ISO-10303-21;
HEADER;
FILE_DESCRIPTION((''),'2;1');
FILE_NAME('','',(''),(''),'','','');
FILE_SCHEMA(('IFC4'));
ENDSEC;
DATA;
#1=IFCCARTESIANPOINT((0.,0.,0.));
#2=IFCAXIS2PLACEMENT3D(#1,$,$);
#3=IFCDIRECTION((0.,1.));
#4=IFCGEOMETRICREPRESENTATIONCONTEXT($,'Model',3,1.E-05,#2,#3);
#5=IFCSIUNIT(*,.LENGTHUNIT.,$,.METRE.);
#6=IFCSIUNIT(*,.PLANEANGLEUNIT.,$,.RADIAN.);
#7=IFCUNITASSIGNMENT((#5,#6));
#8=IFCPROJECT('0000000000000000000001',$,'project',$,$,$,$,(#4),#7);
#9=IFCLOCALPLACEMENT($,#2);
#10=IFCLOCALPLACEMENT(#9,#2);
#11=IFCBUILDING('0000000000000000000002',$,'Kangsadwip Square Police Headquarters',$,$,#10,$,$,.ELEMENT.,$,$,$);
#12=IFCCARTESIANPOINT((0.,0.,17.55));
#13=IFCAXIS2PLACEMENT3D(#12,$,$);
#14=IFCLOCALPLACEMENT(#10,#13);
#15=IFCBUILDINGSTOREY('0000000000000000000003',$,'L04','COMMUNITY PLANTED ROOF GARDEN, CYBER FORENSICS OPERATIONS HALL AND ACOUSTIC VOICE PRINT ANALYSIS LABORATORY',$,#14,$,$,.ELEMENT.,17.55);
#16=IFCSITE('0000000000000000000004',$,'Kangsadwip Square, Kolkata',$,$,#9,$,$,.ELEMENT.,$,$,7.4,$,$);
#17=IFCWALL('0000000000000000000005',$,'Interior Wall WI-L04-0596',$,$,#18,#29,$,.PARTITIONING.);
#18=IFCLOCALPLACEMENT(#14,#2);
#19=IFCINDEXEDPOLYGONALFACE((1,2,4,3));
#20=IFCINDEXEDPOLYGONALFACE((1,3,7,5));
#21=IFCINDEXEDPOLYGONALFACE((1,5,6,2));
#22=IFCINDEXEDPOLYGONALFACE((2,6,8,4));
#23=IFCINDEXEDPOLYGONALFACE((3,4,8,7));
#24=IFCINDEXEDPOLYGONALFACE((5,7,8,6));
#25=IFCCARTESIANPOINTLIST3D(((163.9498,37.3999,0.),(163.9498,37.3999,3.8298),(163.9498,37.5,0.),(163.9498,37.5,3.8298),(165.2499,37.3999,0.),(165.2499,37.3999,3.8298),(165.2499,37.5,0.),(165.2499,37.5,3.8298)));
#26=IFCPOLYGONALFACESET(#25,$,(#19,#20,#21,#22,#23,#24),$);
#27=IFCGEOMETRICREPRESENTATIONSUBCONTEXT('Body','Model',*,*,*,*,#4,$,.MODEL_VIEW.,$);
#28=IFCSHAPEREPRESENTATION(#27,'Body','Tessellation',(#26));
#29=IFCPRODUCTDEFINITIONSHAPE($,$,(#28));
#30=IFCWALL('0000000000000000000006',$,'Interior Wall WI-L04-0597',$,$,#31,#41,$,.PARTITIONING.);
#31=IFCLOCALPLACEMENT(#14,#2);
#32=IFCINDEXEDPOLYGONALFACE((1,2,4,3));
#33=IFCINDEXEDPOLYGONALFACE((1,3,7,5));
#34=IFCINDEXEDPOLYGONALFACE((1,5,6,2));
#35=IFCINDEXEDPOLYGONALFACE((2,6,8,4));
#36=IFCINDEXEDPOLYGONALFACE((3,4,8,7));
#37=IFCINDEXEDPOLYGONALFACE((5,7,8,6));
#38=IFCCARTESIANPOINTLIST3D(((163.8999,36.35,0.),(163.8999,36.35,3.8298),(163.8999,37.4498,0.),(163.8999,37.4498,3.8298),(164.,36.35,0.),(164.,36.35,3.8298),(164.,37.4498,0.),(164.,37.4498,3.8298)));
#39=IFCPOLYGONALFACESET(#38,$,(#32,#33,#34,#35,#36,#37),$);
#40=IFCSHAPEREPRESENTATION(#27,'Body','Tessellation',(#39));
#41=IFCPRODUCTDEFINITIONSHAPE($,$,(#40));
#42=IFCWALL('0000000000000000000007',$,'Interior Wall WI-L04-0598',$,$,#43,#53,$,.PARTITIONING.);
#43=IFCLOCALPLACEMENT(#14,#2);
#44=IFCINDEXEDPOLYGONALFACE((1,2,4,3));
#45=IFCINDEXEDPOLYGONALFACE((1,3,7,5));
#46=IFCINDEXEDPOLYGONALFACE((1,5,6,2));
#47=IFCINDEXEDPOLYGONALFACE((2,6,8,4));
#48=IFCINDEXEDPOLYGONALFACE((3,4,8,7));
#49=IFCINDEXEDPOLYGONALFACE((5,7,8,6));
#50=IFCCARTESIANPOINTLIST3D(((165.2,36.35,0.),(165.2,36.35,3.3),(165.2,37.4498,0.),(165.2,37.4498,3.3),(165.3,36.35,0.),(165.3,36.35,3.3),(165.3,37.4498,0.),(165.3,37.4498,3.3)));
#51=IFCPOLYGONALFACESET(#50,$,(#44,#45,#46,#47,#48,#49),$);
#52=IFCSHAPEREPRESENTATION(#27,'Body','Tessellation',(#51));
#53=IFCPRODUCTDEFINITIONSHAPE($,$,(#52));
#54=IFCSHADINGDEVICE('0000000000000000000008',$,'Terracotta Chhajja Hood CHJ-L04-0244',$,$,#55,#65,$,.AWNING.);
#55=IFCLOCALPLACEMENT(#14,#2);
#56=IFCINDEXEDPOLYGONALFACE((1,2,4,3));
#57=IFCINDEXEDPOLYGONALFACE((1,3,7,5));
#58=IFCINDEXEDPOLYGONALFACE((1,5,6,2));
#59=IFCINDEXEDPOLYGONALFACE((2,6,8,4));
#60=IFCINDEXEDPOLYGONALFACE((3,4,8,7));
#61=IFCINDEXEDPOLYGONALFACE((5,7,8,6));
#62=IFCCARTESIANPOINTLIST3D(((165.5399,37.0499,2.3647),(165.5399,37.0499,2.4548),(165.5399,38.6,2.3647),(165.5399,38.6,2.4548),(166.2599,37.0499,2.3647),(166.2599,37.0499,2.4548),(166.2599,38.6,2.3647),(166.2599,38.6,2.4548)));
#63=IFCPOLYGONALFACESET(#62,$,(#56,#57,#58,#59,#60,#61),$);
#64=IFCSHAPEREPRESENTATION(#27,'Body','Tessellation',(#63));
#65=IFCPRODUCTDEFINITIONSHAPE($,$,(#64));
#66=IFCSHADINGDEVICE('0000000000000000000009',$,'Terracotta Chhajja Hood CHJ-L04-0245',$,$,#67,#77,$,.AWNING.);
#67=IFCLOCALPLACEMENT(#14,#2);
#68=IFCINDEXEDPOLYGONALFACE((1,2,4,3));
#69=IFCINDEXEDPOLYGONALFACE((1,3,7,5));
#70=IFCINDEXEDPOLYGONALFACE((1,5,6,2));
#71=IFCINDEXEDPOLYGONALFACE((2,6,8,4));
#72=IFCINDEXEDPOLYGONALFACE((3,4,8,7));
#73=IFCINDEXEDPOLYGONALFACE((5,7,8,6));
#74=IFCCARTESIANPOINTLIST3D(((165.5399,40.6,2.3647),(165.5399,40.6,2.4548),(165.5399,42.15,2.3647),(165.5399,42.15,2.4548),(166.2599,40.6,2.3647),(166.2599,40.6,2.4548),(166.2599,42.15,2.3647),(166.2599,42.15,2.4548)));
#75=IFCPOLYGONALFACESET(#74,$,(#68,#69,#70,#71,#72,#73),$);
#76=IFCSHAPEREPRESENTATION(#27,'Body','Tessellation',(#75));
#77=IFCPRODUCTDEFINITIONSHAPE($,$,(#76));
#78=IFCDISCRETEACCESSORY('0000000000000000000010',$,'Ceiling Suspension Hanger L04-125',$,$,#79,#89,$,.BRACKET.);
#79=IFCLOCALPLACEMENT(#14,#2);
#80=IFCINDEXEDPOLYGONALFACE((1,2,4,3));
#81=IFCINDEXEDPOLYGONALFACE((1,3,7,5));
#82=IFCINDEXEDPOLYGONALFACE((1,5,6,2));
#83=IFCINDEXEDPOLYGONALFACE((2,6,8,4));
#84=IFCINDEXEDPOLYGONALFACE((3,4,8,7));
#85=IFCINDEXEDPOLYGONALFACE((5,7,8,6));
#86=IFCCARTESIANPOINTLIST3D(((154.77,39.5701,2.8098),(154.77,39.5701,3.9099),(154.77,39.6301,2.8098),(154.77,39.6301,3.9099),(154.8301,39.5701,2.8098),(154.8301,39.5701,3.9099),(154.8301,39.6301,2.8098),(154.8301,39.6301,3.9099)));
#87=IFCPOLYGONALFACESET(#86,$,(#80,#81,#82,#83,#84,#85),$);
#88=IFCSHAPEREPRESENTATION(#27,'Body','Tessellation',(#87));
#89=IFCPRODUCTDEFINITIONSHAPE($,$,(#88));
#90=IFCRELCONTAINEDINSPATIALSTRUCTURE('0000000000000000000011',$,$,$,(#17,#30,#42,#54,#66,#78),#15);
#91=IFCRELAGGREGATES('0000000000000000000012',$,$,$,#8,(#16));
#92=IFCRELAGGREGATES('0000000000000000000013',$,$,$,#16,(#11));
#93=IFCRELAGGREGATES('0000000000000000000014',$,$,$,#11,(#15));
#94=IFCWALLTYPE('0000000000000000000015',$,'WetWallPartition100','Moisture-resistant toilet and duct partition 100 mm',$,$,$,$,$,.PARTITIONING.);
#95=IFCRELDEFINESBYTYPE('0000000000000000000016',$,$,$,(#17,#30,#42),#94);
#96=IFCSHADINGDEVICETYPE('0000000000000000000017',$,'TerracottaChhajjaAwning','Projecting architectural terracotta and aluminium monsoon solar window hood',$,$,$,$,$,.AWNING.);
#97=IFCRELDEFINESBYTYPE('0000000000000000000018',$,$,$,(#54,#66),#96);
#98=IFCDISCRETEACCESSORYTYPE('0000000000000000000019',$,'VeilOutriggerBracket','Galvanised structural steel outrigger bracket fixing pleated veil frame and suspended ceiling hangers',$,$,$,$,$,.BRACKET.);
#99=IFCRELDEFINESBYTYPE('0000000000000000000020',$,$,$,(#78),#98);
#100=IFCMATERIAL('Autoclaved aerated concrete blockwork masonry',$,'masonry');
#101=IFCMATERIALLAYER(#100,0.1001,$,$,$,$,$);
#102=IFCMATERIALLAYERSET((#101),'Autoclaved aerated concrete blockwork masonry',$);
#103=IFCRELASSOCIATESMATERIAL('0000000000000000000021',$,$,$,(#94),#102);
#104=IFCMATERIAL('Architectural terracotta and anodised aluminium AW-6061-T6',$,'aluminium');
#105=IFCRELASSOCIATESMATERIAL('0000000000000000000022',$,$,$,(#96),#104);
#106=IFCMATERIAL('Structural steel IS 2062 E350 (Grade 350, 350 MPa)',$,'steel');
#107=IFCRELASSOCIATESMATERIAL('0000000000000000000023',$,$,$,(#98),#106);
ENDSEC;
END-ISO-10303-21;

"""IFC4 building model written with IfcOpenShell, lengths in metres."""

from ifc_helpers import new_model, si_unit, direction, frame, frame_2d, origin, origin_2d, place, context, subcontext, project, spatial, rectangle, extrude, material, layer, layer_set, type_object, element, save


model = new_model("IFC4")

# Units and contexts
model_context = context("Model", 3, precision=1e-05, world=origin(), true_north=direction((0.0, 1.0)))
body_context = subcontext(model_context, "Body", "Model", "MODEL_VIEW")
ifc_project = project(units=[si_unit("LENGTHUNIT", "METRE"), si_unit("PLANEANGLEUNIT", "RADIAN")], contexts=[model_context])

# Site, building, storey
site_placement = place(None, origin())
site = spatial("IfcSite", under=ifc_project, at=site_placement, Name="Kangsadwip Square, Kolkata", CompositionType="ELEMENT", RefElevation=7.4)
building_placement = place(site_placement, origin())
building = spatial("IfcBuilding", under=site, at=building_placement, Name="Kangsadwip Square Police Headquarters", CompositionType="ELEMENT")
storey_placement = place(building_placement, frame((0.0, 0.0, 17.55)))
storey = spatial("IfcBuildingStorey", under=building, at=storey_placement, Name="L04", Description="COMMUNITY PLANTED ROOF GARDEN, CYBER FORENSICS OPERATIONS HALL AND ACOUSTIC VOICE PRINT ANALYSIS LABORATORY", CompositionType="ELEMENT", Elevation=17.55)

# Walls
ifc_material_1 = material(Name="Autoclaved aerated concrete blockwork masonry", Category="masonry")
ifc_layer_1 = layer(ifc_material_1, 0.1001)
ifc_layer_set_1 = layer_set([ifc_layer_1], Name="Autoclaved aerated concrete blockwork masonry")
wall_type_1 = type_object("IfcWallType", Name="WetWallPartition100", Description="Moisture-resistant toilet and duct partition 100 mm", PredefinedType="PARTITIONING", material=ifc_layer_set_1)
wall_1_placement = place(storey_placement, frame((163.95, 37.45, 0.0), z_axis=(0.0, 0.0, 1.0), x_axis=(1.0, 0.0, 0.0)))
element("IfcWall", 1, at=wall_1_placement, inside=storey, type_object=wall_type_1, Name="Interior Wall WI-L04-0596", PredefinedType="PARTITIONING", context=body_context, shape_type="SweptSolid", body=[
    extrude(rectangle(XDim=1.3, YDim=0.1001, at=frame_2d((0.6499, 0.0))), origin(), (0.0, 0.0, 1.0), 3.8298),
])
wall_2_placement = place(storey_placement, frame((163.95, 36.3501, 0.0), z_axis=(0.0, 0.0, 1.0), x_axis=(0.0, 1.0, 0.0)))
element("IfcWall", 2, at=wall_2_placement, inside=storey, type_object=wall_type_1, Name="Interior Wall WI-L04-0597", PredefinedType="PARTITIONING", context=body_context, shape_type="SweptSolid", body=[
    extrude(rectangle(XDim=1.0999, YDim=0.1001, at=frame_2d((0.5498, 0.0))), origin(), (0.0, 0.0, 1.0), 3.8298),
])
wall_3_placement = place(storey_placement, frame((165.25, 36.3501, 0.0), z_axis=(0.0, 0.0, 1.0), x_axis=(0.0, 1.0, 0.0)))
element("IfcWall", 3, at=wall_3_placement, inside=storey, type_object=wall_type_1, Name="Interior Wall WI-L04-0598", PredefinedType="PARTITIONING", context=body_context, shape_type="SweptSolid", body=[
    extrude(rectangle(XDim=1.0999, YDim=0.1001, at=frame_2d((0.5498, 0.0))), origin(), (0.0, 0.0, 1.0), 3.3),
])

# Shading devices
ifc_material_2 = material(Name="Architectural terracotta and anodised aluminium AW-6061-T6", Category="aluminium")
shading_device_type = type_object("IfcShadingDeviceType", Name="TerracottaChhajjaAwning", Description="Projecting architectural terracotta and aluminium monsoon solar window hood", PredefinedType="AWNING", material=ifc_material_2)
for number, where, z_axis, x_axis, name in (
    (4, (165.8999, 37.825, 2.3647), (0.0, 0.0, 1.0), (0.0, 1.0, 0.0), "Terracotta Chhajja Hood CHJ-L04-0244"),
    (5, (165.8999, 41.375, 2.3647), (0.0, 0.0, 1.0), (0.0, 1.0, 0.0), "Terracotta Chhajja Hood CHJ-L04-0245"),
):
    element("IfcShadingDevice", number, at=place(storey_placement, frame(where, z_axis=z_axis, x_axis=x_axis)), inside=storey, type_object=shading_device_type, Name=name, PredefinedType="AWNING", context=body_context, shape_type="SweptSolid", body=[
        extrude(rectangle(XDim=1.55, YDim=0.72, at=origin_2d()), origin(), (0.0, 0.0, 1.0), 0.0901),
    ])

# Discrete accessory
ifc_material_3 = material(Name="Structural steel IS 2062 E350 (Grade 350, 350 MPa)", Category="steel")
discrete_accessory_type = type_object("IfcDiscreteAccessoryType", Name="VeilOutriggerBracket", Description="Galvanised structural steel outrigger bracket fixing pleated veil frame and suspended ceiling hangers", PredefinedType="BRACKET", material=ifc_material_3)
discrete_accessory_placement = place(storey_placement, frame((154.8, 39.6001, 2.8098), z_axis=(0.0, 0.0, 1.0), x_axis=(1.0, 0.0, 0.0)))
element("IfcDiscreteAccessory", 6, at=discrete_accessory_placement, inside=storey, type_object=discrete_accessory_type, Name="Ceiling Suspension Hanger L04-125", PredefinedType="BRACKET", context=body_context, shape_type="SweptSolid", body=[
    extrude(rectangle(XDim=0.0601, YDim=0.0601, at=origin_2d()), origin(), (0.0, 0.0, 1.0), 1.1001),
])

save(model, "model.ifc")
